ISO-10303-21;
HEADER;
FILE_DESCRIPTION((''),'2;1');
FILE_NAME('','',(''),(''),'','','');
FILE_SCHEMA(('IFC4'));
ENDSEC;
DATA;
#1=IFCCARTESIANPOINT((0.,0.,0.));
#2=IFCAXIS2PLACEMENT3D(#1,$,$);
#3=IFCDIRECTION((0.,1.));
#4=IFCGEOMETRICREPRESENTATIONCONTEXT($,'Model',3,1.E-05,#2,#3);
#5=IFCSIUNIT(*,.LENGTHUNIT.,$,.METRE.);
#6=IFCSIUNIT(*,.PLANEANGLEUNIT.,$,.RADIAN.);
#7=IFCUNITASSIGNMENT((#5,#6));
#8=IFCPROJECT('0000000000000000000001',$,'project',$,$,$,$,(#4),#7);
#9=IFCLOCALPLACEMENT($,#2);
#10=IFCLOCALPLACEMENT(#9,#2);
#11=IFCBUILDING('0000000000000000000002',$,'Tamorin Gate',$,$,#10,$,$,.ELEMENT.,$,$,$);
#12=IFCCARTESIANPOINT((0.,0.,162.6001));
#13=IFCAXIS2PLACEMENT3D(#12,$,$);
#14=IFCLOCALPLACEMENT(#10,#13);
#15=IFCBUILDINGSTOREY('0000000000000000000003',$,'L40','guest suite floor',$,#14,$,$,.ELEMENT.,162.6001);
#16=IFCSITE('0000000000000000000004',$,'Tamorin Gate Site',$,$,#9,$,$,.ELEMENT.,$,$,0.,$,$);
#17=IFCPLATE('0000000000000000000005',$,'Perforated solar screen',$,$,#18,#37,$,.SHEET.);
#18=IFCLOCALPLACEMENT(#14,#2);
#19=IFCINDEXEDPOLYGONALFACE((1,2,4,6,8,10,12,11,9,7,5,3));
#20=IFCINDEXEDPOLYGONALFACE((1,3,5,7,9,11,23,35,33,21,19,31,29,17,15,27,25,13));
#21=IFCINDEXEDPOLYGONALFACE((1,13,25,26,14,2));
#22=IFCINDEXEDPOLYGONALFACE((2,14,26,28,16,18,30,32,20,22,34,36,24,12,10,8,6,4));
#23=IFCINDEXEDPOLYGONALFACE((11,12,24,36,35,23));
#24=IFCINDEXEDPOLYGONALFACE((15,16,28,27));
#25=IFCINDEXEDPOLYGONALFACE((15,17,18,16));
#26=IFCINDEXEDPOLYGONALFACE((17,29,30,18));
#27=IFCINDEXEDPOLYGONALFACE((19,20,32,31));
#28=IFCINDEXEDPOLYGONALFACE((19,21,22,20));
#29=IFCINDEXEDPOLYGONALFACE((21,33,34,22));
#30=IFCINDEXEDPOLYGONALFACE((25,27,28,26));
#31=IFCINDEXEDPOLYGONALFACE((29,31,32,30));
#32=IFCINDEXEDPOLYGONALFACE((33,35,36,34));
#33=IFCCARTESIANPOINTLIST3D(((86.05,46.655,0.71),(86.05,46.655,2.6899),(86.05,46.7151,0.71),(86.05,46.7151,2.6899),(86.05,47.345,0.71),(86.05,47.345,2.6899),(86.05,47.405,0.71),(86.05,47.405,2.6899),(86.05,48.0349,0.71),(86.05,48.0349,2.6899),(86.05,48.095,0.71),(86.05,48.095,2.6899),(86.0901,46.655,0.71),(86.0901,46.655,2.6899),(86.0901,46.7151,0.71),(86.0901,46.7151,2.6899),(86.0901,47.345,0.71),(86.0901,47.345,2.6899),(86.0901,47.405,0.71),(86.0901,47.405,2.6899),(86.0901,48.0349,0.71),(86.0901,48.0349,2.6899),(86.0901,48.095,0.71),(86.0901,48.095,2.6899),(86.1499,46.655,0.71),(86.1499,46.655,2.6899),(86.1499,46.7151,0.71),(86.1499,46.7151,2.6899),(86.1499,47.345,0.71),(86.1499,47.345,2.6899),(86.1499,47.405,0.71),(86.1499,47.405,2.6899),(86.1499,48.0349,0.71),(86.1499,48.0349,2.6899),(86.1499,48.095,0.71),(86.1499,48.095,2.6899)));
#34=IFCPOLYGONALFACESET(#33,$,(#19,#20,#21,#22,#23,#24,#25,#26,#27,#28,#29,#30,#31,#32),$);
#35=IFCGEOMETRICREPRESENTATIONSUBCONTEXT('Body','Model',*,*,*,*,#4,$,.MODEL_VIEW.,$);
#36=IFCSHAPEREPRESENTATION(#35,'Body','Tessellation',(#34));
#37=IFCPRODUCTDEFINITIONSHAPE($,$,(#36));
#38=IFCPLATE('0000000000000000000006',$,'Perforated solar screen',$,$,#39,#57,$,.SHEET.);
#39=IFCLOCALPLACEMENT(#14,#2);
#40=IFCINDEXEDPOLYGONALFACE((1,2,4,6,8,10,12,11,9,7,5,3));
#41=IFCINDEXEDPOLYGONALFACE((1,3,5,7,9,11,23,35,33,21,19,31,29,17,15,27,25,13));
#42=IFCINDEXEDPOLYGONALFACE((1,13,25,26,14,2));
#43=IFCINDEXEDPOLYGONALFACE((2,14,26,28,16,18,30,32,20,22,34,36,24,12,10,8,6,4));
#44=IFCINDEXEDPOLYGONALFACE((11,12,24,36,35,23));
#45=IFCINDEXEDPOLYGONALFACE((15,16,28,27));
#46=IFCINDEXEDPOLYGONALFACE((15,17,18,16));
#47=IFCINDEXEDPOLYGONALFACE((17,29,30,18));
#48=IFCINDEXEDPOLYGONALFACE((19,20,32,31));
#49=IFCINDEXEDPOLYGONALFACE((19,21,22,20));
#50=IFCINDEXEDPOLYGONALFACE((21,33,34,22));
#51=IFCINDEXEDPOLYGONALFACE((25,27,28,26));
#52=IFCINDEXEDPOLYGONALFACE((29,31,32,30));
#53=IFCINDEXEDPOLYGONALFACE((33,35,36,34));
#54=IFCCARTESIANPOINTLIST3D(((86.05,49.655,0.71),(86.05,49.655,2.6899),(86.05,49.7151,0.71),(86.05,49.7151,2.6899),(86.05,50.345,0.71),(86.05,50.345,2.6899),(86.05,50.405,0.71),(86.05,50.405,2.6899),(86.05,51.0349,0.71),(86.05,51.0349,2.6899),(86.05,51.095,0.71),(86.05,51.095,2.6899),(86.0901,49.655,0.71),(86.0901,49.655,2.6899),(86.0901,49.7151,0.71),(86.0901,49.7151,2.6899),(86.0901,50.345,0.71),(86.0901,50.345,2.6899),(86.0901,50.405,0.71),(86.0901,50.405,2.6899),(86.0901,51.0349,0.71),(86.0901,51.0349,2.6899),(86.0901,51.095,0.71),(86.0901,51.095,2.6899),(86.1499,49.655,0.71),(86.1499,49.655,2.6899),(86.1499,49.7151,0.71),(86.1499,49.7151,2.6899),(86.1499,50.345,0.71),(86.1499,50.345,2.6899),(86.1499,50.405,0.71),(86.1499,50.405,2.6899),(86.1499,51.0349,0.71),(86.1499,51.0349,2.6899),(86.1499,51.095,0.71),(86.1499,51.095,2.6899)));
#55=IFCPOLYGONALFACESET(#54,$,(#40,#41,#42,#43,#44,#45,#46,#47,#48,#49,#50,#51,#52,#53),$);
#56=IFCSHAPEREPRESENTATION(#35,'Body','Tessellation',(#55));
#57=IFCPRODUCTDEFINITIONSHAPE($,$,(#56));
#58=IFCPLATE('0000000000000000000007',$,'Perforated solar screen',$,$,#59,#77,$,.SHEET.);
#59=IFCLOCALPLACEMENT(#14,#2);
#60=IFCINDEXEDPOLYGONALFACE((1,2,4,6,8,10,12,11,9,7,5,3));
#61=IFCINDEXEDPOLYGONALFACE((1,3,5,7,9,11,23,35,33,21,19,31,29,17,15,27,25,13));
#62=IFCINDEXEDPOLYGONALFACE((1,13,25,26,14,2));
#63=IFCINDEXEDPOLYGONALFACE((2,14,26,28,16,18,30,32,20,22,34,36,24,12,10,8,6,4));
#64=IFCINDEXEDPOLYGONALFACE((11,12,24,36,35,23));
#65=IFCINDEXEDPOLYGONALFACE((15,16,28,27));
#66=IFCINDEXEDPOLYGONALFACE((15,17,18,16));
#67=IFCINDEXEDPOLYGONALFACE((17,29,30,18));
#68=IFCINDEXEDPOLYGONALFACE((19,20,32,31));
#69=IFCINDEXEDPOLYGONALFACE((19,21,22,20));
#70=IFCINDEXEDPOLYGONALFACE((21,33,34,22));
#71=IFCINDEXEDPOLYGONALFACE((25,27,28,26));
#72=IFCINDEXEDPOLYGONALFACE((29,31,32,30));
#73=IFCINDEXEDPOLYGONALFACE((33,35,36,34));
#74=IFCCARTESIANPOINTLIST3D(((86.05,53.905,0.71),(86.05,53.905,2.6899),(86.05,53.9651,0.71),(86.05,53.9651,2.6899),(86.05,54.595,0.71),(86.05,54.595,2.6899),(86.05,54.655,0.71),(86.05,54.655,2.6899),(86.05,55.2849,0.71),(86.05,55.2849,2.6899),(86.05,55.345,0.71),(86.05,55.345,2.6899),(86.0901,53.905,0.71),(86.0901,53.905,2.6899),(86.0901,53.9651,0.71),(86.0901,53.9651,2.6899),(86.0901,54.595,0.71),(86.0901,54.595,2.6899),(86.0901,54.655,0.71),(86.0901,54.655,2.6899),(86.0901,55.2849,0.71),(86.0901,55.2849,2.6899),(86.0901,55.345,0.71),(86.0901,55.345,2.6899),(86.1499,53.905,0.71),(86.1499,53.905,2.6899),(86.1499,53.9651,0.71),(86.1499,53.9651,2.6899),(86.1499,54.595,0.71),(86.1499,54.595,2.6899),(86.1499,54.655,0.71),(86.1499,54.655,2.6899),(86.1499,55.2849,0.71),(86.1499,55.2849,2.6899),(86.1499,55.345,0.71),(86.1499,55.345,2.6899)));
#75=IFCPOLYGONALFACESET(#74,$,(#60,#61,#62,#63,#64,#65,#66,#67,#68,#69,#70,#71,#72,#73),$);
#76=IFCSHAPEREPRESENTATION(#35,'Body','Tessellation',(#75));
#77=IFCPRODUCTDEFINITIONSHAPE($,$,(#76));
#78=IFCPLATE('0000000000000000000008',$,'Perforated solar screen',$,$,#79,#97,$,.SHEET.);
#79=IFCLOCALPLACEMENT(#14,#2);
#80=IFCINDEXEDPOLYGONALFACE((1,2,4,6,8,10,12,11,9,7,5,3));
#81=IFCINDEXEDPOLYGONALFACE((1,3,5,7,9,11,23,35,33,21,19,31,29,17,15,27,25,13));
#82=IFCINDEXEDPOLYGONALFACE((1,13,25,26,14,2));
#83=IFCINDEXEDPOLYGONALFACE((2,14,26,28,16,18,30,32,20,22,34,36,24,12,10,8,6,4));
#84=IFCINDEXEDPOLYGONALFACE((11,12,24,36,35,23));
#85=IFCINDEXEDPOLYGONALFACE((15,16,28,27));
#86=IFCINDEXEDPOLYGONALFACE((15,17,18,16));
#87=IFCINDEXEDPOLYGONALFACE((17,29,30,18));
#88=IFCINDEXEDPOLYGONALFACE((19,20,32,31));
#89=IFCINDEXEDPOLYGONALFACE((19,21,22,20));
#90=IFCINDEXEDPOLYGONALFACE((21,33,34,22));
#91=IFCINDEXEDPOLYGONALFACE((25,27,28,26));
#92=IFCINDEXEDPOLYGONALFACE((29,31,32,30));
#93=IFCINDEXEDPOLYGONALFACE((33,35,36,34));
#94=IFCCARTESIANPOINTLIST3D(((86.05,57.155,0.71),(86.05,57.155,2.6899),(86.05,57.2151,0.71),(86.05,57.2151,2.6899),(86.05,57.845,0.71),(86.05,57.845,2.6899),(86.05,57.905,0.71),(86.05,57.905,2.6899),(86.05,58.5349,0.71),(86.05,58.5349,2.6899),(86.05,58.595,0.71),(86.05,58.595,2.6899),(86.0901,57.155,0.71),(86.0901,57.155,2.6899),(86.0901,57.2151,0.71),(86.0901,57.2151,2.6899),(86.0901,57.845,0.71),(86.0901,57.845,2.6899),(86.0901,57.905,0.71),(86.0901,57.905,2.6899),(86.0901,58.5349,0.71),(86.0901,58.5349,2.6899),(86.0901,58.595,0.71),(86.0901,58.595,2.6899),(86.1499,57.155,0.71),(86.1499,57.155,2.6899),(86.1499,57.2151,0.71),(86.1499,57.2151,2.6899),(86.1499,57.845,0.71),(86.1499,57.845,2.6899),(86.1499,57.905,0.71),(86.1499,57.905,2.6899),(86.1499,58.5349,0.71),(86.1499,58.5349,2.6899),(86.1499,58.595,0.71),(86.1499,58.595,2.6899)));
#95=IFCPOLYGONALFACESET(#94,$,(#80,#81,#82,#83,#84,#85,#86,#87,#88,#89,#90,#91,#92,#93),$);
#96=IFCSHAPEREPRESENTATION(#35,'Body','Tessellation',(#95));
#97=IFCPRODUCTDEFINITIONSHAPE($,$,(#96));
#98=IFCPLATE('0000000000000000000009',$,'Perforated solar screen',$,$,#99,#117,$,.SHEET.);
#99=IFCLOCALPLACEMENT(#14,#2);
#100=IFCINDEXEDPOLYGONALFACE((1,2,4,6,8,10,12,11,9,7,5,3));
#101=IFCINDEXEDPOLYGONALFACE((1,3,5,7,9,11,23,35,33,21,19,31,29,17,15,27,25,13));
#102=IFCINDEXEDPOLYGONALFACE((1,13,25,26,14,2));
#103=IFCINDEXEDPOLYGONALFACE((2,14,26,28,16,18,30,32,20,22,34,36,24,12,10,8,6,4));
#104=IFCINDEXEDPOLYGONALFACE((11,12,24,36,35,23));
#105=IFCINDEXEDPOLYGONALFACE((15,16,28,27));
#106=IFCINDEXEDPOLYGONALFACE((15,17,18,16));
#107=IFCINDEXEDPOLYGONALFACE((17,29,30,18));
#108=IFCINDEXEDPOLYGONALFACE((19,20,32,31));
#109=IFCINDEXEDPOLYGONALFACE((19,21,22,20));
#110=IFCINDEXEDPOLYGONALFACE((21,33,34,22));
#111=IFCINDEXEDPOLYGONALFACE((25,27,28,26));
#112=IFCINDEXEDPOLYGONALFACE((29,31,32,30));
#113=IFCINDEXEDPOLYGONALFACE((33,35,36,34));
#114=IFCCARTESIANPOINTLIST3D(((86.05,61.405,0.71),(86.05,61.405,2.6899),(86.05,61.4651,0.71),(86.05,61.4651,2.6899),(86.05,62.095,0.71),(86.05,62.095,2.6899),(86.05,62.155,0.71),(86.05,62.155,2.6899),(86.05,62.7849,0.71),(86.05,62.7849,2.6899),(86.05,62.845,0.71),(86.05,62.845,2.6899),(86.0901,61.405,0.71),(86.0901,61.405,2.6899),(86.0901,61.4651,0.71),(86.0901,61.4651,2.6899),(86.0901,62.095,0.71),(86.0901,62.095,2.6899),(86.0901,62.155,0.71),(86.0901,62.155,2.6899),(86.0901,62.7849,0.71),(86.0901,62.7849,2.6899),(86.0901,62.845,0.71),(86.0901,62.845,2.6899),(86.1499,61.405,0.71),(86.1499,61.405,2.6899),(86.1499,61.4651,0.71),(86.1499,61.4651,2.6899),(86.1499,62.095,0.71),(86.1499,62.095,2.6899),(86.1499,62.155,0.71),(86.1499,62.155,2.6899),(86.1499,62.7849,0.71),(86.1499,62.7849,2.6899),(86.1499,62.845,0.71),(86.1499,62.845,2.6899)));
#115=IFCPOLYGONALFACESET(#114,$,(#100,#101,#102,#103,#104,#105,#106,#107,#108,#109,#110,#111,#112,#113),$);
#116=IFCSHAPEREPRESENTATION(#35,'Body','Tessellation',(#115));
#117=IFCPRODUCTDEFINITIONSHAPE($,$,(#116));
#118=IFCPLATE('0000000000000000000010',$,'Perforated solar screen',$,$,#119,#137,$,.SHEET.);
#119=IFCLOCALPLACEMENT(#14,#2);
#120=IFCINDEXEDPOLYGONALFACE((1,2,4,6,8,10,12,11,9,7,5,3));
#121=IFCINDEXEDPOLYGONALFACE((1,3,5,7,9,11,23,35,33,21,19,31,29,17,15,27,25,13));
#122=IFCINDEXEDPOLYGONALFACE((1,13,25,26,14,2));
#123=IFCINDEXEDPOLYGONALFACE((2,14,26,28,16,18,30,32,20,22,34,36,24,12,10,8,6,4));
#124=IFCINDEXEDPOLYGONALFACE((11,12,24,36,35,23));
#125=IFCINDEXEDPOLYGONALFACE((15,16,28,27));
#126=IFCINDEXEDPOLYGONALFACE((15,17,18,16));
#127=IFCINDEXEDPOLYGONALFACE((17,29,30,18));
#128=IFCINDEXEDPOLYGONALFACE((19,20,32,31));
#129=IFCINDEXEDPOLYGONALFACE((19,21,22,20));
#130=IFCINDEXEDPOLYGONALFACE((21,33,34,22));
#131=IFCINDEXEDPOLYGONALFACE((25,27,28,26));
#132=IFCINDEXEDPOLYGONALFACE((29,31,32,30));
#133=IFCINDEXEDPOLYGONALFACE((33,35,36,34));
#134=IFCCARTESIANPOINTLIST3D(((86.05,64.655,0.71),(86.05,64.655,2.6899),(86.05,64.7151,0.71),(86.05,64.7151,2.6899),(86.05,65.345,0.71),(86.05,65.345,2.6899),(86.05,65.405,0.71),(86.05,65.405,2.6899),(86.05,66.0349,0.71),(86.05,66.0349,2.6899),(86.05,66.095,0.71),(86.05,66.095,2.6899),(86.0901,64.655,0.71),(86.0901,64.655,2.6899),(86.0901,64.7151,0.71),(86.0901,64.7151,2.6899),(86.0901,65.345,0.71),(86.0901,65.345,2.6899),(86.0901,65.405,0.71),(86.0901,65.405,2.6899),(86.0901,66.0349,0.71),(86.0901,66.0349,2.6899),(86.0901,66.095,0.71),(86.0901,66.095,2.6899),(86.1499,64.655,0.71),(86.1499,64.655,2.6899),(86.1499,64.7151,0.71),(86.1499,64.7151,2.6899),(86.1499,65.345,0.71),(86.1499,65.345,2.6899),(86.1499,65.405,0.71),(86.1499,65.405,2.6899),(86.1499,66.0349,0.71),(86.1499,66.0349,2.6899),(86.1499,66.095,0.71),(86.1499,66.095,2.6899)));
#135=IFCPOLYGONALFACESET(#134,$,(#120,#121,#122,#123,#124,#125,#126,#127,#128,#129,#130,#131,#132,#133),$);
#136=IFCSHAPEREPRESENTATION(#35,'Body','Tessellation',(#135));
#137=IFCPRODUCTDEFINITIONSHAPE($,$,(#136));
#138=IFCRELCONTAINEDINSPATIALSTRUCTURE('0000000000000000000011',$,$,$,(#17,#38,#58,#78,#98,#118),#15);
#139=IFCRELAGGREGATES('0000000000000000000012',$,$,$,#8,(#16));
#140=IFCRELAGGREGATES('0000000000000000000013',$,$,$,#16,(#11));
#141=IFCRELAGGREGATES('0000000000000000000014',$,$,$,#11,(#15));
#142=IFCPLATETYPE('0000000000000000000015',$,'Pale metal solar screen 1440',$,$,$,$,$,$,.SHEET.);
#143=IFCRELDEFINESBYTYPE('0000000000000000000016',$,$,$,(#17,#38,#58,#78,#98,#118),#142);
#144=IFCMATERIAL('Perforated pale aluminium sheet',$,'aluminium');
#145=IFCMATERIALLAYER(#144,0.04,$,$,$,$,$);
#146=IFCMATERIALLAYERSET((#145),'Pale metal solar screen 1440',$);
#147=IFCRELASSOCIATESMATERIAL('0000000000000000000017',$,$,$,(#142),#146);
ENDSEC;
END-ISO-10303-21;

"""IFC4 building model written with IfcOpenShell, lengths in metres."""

from ifc_helpers import new_model, si_unit, direction, frame, origin, place, context, subcontext, project, spatial, polyline, outline, extrude, material, layer, layer_set, type_object, element, save


model = new_model("IFC4")

# Units and contexts
model_context = context("Model", 3, precision=1e-05, world=origin(), true_north=direction((0.0, 1.0)))
body_context = subcontext(model_context, "Body", "Model", "MODEL_VIEW")
ifc_project = project(units=[si_unit("LENGTHUNIT", "METRE"), si_unit("PLANEANGLEUNIT", "RADIAN")], contexts=[model_context])

# Site, building, storey
site_placement = place(None, origin())
site = spatial("IfcSite", under=ifc_project, at=site_placement, Name="Tamorin Gate Site", CompositionType="ELEMENT", RefElevation=0.0)
building_placement = place(site_placement, origin())
building = spatial("IfcBuilding", under=site, at=building_placement, Name="Tamorin Gate", CompositionType="ELEMENT")
storey_placement = place(building_placement, frame((0.0, 0.0, 162.6001)))
storey = spatial("IfcBuildingStorey", under=building, at=storey_placement, Name="L40", Description="guest suite floor", CompositionType="ELEMENT", Elevation=162.6001)

# Plates
ifc_material_1 = material(Name="Perforated pale aluminium sheet", Category="aluminium")
ifc_layer_1 = layer(ifc_material_1, 0.04)
ifc_layer_set_1 = layer_set([ifc_layer_1], Name="Pale metal solar screen 1440")
plate_type_1 = type_object("IfcPlateType", Name="Pale metal solar screen 1440", PredefinedType="SHEET", material=ifc_layer_set_1)
plate_1_placement = place(storey_placement, frame((0.0, 0.0, 0.71)))
element("IfcPlate", 1, at=plate_1_placement, inside=storey, type_object=plate_type_1, Name="Perforated solar screen", PredefinedType="SHEET", context=body_context, shape_type="SweptSolid", body=[
    extrude(outline(polyline([(86.0901, 46.655), (86.05, 46.655), (86.05, 46.7151), (86.05, 47.345), (86.05, 47.405), (86.05, 48.0349), (86.05, 48.095), (86.05, 48.095), (86.0901, 48.095), (86.0901, 48.095), (86.1499, 48.095), (86.1499, 48.0349), (86.0901, 48.0349), (86.0901, 47.405), (86.1499, 47.405), (86.1499, 47.345), (86.0901, 47.345), (86.0901, 46.7151), (86.1499, 46.7151), (86.1499, 46.655), (86.0901, 46.655)])), origin(), (0.0, 0.0, 1.0), 1.98),
])
plate_2_placement = place(storey_placement, frame((0.0, 0.0, 0.71)))
element("IfcPlate", 2, at=plate_2_placement, inside=storey, type_object=plate_type_1, Name="Perforated solar screen", PredefinedType="SHEET", context=body_context, shape_type="SweptSolid", body=[
    extrude(outline(polyline([(86.0901, 49.655), (86.05, 49.655), (86.05, 49.7151), (86.05, 50.345), (86.05, 50.405), (86.05, 51.0349), (86.05, 51.095), (86.0901, 51.095), (86.1499, 51.095), (86.1499, 51.0349), (86.0901, 51.0349), (86.0901, 50.405), (86.1499, 50.405), (86.1499, 50.345), (86.0901, 50.345), (86.0901, 49.7151), (86.1499, 49.7151), (86.1499, 49.655), (86.0901, 49.655)])), origin(), (0.0, 0.0, 1.0), 1.98),
])
plate_3_placement = place(storey_placement, frame((0.0, 0.0, 0.71)))
element("IfcPlate", 3, at=plate_3_placement, inside=storey, type_object=plate_type_1, Name="Perforated solar screen", PredefinedType="SHEET", context=body_context, shape_type="SweptSolid", body=[
    extrude(outline(polyline([(86.0901, 53.905), (86.05, 53.905), (86.05, 53.9651), (86.05, 54.595), (86.05, 54.655), (86.05, 55.2849), (86.05, 55.345), (86.0901, 55.345), (86.1499, 55.345), (86.1499, 55.2849), (86.0901, 55.2849), (86.0901, 54.655), (86.1499, 54.655), (86.1499, 54.595), (86.0901, 54.595), (86.0901, 53.9651), (86.1499, 53.9651), (86.1499, 53.905), (86.0901, 53.905)])), origin(), (0.0, 0.0, 1.0), 1.98),
])
plate_4_placement = place(storey_placement, frame((0.0, 0.0, 0.71)))
element("IfcPlate", 4, at=plate_4_placement, inside=storey, type_object=plate_type_1, Name="Perforated solar screen", PredefinedType="SHEET", context=body_context, shape_type="SweptSolid", body=[
    extrude(outline(polyline([(86.0901, 57.155), (86.05, 57.155), (86.05, 57.2151), (86.05, 57.845), (86.05, 57.905), (86.05, 58.5349), (86.05, 58.595), (86.0901, 58.595), (86.1499, 58.595), (86.1499, 58.5349), (86.0901, 58.5349), (86.0901, 57.905), (86.1499, 57.905), (86.1499, 57.845), (86.0901, 57.845), (86.0901, 57.2151), (86.1499, 57.2151), (86.1499, 57.155), (86.0901, 57.155)])), origin(), (0.0, 0.0, 1.0), 1.98),
])
plate_5_placement = place(storey_placement, frame((0.0, 0.0, 0.71)))
element("IfcPlate", 5, at=plate_5_placement, inside=storey, type_object=plate_type_1, Name="Perforated solar screen", PredefinedType="SHEET", context=body_context, shape_type="SweptSolid", body=[
    extrude(outline(polyline([(86.0901, 61.405), (86.05, 61.405), (86.05, 61.4651), (86.05, 62.095), (86.05, 62.155), (86.05, 62.7849), (86.05, 62.845), (86.0901, 62.845), (86.1499, 62.845), (86.1499, 62.7849), (86.0901, 62.7849), (86.0901, 62.155), (86.1499, 62.155), (86.1499, 62.095), (86.0901, 62.095), (86.0901, 61.4651), (86.1499, 61.4651), (86.1499, 61.405), (86.0901, 61.405)])), origin(), (0.0, 0.0, 1.0), 1.98),
])
plate_6_placement = place(storey_placement, frame((0.0, 0.0, 0.71)))
element("IfcPlate", 6, at=plate_6_placement, inside=storey, type_object=plate_type_1, Name="Perforated solar screen", PredefinedType="SHEET", context=body_context, shape_type="SweptSolid", body=[
    extrude(outline(polyline([(86.0901, 64.655), (86.05, 64.655), (86.05, 64.7151), (86.05, 65.345), (86.05, 65.405), (86.05, 66.0349), (86.05, 66.095), (86.0901, 66.095), (86.1499, 66.095), (86.1499, 66.0349), (86.0901, 66.0349), (86.0901, 65.405), (86.1499, 65.405), (86.1499, 65.345), (86.0901, 65.345), (86.0901, 64.7151), (86.1499, 64.7151), (86.1499, 64.655), (86.0901, 64.655)])), origin(), (0.0, 0.0, 1.0), 1.98),
])

save(model, "model.ifc")
